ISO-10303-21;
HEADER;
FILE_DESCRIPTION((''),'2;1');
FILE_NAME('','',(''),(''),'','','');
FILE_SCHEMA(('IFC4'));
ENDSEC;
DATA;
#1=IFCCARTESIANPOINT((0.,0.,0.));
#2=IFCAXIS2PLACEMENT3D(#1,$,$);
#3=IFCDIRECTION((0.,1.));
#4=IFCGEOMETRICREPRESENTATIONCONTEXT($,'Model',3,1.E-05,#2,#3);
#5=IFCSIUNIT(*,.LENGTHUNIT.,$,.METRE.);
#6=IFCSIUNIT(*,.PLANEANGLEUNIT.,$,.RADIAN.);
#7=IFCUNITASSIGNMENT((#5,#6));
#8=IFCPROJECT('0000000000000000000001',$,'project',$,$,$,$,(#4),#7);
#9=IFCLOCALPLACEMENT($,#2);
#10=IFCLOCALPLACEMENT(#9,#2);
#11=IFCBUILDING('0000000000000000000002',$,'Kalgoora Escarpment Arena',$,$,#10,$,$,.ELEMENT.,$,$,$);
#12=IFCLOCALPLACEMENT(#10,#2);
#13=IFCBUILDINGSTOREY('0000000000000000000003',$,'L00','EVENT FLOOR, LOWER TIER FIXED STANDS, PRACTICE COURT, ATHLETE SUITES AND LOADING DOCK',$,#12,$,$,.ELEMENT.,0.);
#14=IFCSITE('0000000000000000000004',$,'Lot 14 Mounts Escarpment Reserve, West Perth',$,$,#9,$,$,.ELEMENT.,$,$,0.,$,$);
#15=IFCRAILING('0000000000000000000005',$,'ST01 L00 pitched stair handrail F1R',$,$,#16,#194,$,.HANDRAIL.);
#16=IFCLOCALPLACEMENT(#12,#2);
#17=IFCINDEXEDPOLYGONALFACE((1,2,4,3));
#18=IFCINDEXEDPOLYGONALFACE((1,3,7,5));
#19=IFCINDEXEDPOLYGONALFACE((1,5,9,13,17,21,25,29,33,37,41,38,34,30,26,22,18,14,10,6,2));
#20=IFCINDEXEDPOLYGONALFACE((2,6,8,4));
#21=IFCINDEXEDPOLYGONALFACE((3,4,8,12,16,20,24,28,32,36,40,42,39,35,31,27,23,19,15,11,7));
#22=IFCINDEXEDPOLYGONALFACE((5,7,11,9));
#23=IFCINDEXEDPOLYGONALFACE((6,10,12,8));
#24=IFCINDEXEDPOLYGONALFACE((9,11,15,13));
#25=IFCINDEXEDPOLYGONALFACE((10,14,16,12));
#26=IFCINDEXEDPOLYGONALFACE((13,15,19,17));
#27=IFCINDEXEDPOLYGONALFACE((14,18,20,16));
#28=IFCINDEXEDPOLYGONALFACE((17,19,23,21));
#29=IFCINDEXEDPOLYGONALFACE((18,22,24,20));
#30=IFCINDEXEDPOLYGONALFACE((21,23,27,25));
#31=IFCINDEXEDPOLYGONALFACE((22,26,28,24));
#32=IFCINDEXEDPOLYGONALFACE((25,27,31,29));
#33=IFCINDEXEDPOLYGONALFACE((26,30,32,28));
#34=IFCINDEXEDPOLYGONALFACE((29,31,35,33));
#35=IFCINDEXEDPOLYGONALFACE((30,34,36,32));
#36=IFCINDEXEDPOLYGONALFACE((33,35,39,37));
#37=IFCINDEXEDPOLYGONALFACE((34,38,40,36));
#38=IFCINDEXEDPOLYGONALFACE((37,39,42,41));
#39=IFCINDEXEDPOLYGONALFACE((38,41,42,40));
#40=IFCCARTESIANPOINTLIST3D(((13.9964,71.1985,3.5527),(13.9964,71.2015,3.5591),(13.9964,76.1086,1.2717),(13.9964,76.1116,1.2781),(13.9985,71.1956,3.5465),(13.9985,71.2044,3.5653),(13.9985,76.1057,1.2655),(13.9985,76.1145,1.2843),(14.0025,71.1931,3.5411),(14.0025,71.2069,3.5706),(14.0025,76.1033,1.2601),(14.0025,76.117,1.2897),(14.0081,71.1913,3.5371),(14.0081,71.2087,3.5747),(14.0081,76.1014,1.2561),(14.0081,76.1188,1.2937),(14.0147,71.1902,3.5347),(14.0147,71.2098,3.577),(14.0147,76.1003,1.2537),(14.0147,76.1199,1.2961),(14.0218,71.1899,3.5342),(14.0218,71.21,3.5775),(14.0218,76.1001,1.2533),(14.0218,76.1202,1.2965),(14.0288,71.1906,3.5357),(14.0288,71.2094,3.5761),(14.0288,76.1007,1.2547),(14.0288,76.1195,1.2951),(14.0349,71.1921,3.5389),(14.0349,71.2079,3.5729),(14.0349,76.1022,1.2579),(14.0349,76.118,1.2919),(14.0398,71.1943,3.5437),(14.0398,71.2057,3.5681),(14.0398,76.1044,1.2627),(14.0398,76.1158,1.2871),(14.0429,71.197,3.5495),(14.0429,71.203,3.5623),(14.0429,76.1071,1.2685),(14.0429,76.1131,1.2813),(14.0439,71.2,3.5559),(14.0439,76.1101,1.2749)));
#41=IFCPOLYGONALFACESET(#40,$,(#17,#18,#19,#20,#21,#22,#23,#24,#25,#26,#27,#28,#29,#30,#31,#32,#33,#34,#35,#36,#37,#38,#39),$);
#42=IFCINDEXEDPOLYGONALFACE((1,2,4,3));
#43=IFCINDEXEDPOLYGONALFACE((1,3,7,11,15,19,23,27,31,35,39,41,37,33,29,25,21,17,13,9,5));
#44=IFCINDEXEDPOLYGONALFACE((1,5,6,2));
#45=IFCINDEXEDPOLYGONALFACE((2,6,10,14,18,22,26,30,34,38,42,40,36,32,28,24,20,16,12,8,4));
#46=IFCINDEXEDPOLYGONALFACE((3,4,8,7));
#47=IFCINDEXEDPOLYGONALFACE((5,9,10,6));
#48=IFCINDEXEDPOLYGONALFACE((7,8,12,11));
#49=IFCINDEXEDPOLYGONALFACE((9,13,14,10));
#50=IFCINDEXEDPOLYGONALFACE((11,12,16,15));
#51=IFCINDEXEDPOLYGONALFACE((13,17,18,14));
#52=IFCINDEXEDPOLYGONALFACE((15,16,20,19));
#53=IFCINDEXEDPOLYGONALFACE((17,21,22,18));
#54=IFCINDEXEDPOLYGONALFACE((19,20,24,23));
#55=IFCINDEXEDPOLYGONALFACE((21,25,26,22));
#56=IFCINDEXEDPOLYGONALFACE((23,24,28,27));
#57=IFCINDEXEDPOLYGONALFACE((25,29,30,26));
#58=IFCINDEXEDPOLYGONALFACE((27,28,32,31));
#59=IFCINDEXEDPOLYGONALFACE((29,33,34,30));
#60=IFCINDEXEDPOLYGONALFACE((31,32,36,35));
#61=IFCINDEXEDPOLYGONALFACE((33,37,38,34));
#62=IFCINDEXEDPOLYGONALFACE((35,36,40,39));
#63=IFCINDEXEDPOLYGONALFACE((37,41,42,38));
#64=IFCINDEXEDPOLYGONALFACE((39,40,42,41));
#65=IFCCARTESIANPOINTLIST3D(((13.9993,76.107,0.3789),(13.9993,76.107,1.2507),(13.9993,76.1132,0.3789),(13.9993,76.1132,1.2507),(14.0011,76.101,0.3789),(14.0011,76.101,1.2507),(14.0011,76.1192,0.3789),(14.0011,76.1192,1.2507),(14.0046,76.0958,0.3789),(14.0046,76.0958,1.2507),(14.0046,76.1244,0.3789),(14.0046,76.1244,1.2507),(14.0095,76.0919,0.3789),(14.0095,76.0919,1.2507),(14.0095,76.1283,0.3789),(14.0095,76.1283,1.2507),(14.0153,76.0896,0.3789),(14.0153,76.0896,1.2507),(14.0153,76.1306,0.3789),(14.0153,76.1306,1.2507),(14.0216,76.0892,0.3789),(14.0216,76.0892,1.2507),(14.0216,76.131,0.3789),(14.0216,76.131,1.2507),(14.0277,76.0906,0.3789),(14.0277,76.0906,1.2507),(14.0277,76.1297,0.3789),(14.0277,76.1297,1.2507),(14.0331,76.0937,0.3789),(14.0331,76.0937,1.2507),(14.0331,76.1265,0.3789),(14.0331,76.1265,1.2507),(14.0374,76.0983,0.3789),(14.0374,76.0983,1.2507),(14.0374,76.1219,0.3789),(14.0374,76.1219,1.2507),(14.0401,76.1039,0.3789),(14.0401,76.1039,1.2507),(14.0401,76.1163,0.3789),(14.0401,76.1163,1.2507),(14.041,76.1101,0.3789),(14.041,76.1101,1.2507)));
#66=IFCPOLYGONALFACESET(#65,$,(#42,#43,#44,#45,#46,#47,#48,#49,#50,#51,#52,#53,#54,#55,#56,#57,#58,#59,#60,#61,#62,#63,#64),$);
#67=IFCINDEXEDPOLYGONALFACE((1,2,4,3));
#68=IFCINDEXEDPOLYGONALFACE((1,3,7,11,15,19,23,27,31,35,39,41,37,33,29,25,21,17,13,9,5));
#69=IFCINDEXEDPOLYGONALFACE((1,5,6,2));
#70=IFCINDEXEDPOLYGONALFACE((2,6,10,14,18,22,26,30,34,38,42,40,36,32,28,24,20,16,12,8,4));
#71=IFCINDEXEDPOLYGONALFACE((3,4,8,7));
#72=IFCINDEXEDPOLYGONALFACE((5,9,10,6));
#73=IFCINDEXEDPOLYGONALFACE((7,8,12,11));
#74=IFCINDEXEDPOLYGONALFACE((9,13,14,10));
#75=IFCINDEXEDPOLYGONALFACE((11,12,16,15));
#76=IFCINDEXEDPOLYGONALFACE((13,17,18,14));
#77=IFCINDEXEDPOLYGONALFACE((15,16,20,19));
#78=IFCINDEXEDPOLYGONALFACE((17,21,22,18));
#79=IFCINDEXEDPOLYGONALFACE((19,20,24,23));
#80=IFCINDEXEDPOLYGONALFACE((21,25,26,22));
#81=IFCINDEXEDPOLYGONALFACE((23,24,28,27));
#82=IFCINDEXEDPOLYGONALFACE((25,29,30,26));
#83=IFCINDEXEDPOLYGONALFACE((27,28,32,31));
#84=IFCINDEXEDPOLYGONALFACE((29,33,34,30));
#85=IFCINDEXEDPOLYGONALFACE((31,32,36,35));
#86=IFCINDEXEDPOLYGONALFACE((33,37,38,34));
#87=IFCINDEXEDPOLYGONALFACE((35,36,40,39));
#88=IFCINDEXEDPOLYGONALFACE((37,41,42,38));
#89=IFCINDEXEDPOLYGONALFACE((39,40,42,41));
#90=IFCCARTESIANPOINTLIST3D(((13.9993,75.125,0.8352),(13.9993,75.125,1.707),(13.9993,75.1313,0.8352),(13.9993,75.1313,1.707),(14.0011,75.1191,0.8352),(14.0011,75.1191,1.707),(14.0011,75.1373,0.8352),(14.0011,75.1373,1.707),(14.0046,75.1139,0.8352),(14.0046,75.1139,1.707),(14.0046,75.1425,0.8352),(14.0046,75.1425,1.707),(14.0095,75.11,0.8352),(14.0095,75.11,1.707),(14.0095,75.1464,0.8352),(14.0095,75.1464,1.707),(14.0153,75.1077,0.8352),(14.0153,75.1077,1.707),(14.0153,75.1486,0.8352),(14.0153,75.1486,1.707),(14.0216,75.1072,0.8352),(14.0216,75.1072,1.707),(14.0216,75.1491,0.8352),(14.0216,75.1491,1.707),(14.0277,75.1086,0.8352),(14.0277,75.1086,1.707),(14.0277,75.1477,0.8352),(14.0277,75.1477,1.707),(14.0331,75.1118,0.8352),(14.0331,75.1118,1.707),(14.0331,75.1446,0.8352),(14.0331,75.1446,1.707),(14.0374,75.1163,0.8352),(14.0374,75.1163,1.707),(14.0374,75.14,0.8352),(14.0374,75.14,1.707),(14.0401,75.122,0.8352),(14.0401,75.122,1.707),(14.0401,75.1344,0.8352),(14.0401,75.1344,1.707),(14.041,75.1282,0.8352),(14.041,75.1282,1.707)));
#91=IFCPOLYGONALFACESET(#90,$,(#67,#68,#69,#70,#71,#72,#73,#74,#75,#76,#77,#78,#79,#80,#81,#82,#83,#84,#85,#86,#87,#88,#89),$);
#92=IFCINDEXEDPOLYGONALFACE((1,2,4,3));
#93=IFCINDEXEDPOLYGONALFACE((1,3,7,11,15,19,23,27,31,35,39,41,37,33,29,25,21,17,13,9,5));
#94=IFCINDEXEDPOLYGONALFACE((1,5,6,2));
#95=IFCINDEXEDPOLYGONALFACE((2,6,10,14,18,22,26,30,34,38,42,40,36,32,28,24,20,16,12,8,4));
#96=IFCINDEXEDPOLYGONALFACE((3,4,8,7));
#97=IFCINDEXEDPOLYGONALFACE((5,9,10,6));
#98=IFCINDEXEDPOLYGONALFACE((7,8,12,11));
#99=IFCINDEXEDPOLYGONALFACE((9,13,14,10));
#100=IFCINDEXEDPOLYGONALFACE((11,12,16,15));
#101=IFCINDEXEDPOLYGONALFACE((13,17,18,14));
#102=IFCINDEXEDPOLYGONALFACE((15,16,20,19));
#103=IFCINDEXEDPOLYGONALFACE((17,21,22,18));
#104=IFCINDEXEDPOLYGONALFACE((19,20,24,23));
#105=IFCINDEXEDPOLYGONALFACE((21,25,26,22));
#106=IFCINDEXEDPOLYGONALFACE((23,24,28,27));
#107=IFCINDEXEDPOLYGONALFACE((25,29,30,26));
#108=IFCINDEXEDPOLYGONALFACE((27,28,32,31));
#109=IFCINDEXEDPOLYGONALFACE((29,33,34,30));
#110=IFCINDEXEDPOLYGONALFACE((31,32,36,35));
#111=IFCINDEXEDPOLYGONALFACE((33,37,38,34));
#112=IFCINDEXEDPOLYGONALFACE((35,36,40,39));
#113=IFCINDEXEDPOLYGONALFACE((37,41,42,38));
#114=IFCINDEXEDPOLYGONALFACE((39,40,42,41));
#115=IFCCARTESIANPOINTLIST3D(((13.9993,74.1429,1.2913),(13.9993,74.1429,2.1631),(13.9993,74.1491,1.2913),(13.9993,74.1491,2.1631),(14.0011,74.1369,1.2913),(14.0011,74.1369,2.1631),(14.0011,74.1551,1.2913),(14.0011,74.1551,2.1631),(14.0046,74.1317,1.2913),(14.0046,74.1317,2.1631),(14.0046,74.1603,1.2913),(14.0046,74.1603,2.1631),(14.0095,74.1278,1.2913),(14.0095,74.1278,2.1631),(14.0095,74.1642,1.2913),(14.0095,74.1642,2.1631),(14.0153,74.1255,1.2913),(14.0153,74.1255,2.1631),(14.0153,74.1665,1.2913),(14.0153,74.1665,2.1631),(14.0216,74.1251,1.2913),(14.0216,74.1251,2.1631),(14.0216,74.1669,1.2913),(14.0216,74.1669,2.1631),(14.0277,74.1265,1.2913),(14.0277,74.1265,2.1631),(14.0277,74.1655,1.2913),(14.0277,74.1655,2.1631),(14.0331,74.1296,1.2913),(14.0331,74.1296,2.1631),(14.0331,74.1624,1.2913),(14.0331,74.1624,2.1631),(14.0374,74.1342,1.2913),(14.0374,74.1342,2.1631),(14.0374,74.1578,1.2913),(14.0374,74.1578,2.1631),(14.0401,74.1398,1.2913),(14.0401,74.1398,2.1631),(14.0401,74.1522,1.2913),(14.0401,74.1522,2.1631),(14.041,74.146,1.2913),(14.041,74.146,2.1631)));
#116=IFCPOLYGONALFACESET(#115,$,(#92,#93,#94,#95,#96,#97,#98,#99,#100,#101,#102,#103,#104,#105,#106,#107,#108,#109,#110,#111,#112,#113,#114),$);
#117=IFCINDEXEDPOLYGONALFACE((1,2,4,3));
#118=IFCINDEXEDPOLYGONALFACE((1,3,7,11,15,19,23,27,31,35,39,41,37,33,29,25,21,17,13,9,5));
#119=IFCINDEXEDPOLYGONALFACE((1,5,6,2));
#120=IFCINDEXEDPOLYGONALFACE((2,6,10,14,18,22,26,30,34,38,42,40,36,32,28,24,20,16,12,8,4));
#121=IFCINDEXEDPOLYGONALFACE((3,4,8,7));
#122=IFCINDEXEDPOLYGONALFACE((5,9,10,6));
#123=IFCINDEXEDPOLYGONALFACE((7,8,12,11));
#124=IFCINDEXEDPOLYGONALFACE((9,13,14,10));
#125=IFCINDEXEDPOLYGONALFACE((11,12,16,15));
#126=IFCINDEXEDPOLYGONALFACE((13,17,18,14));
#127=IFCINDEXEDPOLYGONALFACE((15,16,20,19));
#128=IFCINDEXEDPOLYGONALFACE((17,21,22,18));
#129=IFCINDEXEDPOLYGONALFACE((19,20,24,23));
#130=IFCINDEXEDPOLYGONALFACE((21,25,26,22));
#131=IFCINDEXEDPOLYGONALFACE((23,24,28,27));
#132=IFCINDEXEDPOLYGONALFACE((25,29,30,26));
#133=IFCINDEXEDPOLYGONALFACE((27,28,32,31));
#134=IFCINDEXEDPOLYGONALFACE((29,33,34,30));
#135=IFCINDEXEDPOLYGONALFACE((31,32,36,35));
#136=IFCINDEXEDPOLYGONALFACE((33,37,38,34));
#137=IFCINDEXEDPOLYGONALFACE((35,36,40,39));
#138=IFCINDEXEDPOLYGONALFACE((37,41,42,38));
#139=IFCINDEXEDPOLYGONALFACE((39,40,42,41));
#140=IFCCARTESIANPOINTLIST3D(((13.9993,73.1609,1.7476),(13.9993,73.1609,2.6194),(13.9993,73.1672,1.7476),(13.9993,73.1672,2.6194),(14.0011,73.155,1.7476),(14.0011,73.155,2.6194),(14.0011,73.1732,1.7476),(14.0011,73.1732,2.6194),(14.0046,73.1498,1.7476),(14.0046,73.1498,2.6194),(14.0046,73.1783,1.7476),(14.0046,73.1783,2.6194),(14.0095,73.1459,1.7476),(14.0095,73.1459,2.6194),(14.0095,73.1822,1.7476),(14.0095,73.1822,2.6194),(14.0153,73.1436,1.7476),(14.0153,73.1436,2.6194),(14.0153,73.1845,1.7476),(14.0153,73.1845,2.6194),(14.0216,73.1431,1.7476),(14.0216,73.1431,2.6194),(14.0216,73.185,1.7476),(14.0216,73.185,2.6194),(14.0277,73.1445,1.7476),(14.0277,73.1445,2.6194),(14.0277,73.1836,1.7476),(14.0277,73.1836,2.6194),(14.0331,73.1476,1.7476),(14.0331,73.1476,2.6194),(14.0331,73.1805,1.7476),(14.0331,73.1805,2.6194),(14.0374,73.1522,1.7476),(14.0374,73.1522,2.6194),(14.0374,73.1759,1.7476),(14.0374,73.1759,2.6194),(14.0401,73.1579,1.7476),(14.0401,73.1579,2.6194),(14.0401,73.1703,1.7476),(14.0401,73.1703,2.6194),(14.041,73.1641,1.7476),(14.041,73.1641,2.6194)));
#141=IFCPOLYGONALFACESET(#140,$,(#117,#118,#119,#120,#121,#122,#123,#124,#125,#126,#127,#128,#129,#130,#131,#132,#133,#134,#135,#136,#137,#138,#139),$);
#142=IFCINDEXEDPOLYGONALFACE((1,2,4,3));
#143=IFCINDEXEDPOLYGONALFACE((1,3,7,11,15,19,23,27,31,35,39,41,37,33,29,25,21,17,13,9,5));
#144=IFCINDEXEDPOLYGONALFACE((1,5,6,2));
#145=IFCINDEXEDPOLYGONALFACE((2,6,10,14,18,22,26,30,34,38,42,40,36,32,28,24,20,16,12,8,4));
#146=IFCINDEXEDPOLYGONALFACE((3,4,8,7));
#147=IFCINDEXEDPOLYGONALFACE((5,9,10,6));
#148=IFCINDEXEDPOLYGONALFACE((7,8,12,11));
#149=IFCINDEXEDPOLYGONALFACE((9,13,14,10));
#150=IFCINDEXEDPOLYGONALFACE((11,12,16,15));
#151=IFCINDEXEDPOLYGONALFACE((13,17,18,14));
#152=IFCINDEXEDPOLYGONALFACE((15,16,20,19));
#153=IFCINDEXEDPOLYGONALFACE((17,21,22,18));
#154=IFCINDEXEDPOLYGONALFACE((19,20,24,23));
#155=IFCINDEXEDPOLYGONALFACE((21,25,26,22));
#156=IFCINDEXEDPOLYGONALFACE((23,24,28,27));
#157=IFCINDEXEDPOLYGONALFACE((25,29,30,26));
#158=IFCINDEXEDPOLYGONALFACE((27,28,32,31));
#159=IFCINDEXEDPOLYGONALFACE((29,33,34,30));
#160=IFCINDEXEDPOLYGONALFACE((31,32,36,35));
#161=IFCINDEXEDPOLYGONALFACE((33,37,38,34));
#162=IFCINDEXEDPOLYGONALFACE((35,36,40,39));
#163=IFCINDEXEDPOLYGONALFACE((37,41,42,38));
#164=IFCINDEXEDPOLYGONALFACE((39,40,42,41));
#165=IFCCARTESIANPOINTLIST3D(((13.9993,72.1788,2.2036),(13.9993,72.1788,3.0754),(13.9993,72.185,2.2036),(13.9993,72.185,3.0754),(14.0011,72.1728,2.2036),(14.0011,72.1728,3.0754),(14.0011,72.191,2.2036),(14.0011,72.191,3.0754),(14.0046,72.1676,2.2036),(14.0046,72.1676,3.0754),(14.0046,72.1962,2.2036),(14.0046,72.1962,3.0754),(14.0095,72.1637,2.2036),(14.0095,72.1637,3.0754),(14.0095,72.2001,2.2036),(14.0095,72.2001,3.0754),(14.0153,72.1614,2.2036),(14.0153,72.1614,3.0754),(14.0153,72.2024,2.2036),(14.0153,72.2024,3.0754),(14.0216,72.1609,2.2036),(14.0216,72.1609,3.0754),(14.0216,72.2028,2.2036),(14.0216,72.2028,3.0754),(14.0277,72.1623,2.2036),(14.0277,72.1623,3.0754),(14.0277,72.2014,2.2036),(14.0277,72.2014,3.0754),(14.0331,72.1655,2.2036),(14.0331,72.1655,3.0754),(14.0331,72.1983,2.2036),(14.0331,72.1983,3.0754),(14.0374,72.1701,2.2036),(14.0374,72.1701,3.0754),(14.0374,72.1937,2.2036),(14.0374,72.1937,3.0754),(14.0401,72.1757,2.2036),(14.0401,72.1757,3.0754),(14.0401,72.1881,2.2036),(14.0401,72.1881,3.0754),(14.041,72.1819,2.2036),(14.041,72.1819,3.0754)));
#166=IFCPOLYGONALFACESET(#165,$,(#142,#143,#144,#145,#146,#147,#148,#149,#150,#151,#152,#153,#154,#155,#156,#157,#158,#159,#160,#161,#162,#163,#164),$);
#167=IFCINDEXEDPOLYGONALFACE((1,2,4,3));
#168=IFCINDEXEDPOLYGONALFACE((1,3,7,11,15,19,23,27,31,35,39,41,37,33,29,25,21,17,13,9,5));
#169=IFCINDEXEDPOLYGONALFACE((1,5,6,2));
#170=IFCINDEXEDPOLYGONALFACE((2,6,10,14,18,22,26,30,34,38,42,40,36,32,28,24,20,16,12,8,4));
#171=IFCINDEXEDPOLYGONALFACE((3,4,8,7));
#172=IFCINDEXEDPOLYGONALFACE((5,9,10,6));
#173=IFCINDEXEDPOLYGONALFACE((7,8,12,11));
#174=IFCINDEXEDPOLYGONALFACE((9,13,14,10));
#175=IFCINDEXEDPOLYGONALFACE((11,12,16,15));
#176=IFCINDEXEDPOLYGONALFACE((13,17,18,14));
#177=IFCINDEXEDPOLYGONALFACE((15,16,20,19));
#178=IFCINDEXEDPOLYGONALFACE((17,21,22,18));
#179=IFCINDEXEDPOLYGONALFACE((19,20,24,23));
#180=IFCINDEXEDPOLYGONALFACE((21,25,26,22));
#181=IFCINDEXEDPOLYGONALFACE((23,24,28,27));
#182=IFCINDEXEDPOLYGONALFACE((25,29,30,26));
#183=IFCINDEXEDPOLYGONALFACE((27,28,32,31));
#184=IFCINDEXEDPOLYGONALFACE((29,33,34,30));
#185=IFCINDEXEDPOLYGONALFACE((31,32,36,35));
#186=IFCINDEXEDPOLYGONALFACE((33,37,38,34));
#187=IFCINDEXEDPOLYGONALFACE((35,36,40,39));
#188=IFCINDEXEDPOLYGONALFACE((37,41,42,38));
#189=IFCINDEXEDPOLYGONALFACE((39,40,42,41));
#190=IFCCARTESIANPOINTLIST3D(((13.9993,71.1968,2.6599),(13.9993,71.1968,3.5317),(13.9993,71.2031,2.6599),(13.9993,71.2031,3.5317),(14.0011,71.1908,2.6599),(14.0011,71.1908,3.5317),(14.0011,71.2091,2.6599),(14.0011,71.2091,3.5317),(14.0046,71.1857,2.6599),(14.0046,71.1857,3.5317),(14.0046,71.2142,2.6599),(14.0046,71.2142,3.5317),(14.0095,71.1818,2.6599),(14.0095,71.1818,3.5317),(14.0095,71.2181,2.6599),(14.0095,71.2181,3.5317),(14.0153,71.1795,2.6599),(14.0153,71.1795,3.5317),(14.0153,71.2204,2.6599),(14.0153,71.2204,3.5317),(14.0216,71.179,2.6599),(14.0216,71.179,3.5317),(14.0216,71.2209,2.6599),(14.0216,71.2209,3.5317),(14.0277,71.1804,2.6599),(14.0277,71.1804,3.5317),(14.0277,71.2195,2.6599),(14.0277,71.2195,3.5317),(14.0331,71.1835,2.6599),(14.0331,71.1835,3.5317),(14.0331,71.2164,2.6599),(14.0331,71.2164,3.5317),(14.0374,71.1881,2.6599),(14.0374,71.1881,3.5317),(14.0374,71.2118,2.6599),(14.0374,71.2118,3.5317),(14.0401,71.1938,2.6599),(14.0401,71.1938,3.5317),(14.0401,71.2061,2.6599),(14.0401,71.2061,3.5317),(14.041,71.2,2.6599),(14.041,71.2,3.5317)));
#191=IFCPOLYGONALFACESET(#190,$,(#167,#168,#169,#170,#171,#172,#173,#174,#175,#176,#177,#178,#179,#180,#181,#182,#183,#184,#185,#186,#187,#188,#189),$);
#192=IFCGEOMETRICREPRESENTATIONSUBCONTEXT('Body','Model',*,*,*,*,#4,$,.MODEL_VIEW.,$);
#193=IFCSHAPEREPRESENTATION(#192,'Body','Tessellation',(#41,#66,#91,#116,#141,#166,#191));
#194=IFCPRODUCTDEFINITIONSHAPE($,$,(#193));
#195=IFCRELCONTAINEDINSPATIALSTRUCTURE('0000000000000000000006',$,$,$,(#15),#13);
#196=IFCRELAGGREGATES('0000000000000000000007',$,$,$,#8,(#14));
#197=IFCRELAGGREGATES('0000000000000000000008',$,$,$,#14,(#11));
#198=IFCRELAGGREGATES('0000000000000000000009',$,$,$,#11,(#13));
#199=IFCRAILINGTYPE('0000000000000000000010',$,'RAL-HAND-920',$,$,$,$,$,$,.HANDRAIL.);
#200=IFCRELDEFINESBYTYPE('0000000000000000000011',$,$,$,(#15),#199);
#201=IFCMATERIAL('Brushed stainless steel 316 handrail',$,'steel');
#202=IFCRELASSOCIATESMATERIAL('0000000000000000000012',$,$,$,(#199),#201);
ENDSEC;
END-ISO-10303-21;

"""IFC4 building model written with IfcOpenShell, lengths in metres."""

from ifc_helpers import new_model, si_unit, direction, frame, origin, origin_2d, place, context, subcontext, project, spatial, circle, extrude, material, type_object, element, save


model = new_model("IFC4")

# Units and contexts
model_context = context("Model", 3, precision=1e-05, world=origin(), true_north=direction((0.0, 1.0)))
body_context = subcontext(model_context, "Body", "Model", "MODEL_VIEW")
ifc_project = project(units=[si_unit("LENGTHUNIT", "METRE"), si_unit("PLANEANGLEUNIT", "RADIAN")], contexts=[model_context])

# Site, building, storey
site_placement = place(None, origin())
site = spatial("IfcSite", under=ifc_project, at=site_placement, Name="Lot 14 Mounts Escarpment Reserve, West Perth", CompositionType="ELEMENT", RefElevation=0.0)
building_placement = place(site_placement, origin())
building = spatial("IfcBuilding", under=site, at=building_placement, Name="Kalgoora Escarpment Arena", CompositionType="ELEMENT")
storey_placement = place(building_placement, origin())
storey = spatial("IfcBuildingStorey", under=building, at=storey_placement, Name="L00", Description="EVENT FLOOR, LOWER TIER FIXED STANDS, PRACTICE COURT, ATHLETE SUITES AND LOADING DOCK", CompositionType="ELEMENT", Elevation=0.0)

# Railing
ifc_material_1 = material(Name="Brushed stainless steel 316 handrail", Category="steel")
railing_type = type_object("IfcRailingType", Name="RAL-HAND-920", PredefinedType="HANDRAIL", material=ifc_material_1)
for number, where, name in (
    (1, (14.02, 76.1101, 0.3789), "ST01 L00 pitched stair handrail F1R"),
):
    element("IfcRailing", number, at=place(storey_placement, frame(where)), inside=storey, type_object=railing_type, Name=name, PredefinedType="HANDRAIL", context=body_context, shape_type="SweptSolid", body=[
        extrude(circle(Radius=0.0239, at=origin_2d()), frame((0.0, 0.0, 0.896), z_axis=(0.0, -0.906918, 0.421307), x_axis=(1.0, 0.0, 0.0)), (0.0, 0.0, 1.0), 5.4141),
        extrude(circle(Radius=0.021, at=origin_2d()), origin(), (0.0, 0.0, 1.0), 0.8718),
        extrude(circle(Radius=0.021, at=origin_2d()), frame((0.0, -0.9819, 0.4563)), (0.0, 0.0, 1.0), 0.8718),
        extrude(circle(Radius=0.021, at=origin_2d()), frame((0.0, -1.9641, 0.9124)), (0.0, 0.0, 1.0), 0.8718),
        extrude(circle(Radius=0.021, at=origin_2d()), frame((0.0, -2.946, 1.3687)), (0.0, 0.0, 1.0), 0.8718),
        extrude(circle(Radius=0.021, at=origin_2d()), frame((0.0, -3.9282, 1.8247)), (0.0, 0.0, 1.0), 0.8718),
        extrude(circle(Radius=0.021, at=origin_2d()), frame((0.0, -4.9102, 2.281)), (0.0, 0.0, 1.0), 0.8718),
    ])

save(model, "model.ifc")
